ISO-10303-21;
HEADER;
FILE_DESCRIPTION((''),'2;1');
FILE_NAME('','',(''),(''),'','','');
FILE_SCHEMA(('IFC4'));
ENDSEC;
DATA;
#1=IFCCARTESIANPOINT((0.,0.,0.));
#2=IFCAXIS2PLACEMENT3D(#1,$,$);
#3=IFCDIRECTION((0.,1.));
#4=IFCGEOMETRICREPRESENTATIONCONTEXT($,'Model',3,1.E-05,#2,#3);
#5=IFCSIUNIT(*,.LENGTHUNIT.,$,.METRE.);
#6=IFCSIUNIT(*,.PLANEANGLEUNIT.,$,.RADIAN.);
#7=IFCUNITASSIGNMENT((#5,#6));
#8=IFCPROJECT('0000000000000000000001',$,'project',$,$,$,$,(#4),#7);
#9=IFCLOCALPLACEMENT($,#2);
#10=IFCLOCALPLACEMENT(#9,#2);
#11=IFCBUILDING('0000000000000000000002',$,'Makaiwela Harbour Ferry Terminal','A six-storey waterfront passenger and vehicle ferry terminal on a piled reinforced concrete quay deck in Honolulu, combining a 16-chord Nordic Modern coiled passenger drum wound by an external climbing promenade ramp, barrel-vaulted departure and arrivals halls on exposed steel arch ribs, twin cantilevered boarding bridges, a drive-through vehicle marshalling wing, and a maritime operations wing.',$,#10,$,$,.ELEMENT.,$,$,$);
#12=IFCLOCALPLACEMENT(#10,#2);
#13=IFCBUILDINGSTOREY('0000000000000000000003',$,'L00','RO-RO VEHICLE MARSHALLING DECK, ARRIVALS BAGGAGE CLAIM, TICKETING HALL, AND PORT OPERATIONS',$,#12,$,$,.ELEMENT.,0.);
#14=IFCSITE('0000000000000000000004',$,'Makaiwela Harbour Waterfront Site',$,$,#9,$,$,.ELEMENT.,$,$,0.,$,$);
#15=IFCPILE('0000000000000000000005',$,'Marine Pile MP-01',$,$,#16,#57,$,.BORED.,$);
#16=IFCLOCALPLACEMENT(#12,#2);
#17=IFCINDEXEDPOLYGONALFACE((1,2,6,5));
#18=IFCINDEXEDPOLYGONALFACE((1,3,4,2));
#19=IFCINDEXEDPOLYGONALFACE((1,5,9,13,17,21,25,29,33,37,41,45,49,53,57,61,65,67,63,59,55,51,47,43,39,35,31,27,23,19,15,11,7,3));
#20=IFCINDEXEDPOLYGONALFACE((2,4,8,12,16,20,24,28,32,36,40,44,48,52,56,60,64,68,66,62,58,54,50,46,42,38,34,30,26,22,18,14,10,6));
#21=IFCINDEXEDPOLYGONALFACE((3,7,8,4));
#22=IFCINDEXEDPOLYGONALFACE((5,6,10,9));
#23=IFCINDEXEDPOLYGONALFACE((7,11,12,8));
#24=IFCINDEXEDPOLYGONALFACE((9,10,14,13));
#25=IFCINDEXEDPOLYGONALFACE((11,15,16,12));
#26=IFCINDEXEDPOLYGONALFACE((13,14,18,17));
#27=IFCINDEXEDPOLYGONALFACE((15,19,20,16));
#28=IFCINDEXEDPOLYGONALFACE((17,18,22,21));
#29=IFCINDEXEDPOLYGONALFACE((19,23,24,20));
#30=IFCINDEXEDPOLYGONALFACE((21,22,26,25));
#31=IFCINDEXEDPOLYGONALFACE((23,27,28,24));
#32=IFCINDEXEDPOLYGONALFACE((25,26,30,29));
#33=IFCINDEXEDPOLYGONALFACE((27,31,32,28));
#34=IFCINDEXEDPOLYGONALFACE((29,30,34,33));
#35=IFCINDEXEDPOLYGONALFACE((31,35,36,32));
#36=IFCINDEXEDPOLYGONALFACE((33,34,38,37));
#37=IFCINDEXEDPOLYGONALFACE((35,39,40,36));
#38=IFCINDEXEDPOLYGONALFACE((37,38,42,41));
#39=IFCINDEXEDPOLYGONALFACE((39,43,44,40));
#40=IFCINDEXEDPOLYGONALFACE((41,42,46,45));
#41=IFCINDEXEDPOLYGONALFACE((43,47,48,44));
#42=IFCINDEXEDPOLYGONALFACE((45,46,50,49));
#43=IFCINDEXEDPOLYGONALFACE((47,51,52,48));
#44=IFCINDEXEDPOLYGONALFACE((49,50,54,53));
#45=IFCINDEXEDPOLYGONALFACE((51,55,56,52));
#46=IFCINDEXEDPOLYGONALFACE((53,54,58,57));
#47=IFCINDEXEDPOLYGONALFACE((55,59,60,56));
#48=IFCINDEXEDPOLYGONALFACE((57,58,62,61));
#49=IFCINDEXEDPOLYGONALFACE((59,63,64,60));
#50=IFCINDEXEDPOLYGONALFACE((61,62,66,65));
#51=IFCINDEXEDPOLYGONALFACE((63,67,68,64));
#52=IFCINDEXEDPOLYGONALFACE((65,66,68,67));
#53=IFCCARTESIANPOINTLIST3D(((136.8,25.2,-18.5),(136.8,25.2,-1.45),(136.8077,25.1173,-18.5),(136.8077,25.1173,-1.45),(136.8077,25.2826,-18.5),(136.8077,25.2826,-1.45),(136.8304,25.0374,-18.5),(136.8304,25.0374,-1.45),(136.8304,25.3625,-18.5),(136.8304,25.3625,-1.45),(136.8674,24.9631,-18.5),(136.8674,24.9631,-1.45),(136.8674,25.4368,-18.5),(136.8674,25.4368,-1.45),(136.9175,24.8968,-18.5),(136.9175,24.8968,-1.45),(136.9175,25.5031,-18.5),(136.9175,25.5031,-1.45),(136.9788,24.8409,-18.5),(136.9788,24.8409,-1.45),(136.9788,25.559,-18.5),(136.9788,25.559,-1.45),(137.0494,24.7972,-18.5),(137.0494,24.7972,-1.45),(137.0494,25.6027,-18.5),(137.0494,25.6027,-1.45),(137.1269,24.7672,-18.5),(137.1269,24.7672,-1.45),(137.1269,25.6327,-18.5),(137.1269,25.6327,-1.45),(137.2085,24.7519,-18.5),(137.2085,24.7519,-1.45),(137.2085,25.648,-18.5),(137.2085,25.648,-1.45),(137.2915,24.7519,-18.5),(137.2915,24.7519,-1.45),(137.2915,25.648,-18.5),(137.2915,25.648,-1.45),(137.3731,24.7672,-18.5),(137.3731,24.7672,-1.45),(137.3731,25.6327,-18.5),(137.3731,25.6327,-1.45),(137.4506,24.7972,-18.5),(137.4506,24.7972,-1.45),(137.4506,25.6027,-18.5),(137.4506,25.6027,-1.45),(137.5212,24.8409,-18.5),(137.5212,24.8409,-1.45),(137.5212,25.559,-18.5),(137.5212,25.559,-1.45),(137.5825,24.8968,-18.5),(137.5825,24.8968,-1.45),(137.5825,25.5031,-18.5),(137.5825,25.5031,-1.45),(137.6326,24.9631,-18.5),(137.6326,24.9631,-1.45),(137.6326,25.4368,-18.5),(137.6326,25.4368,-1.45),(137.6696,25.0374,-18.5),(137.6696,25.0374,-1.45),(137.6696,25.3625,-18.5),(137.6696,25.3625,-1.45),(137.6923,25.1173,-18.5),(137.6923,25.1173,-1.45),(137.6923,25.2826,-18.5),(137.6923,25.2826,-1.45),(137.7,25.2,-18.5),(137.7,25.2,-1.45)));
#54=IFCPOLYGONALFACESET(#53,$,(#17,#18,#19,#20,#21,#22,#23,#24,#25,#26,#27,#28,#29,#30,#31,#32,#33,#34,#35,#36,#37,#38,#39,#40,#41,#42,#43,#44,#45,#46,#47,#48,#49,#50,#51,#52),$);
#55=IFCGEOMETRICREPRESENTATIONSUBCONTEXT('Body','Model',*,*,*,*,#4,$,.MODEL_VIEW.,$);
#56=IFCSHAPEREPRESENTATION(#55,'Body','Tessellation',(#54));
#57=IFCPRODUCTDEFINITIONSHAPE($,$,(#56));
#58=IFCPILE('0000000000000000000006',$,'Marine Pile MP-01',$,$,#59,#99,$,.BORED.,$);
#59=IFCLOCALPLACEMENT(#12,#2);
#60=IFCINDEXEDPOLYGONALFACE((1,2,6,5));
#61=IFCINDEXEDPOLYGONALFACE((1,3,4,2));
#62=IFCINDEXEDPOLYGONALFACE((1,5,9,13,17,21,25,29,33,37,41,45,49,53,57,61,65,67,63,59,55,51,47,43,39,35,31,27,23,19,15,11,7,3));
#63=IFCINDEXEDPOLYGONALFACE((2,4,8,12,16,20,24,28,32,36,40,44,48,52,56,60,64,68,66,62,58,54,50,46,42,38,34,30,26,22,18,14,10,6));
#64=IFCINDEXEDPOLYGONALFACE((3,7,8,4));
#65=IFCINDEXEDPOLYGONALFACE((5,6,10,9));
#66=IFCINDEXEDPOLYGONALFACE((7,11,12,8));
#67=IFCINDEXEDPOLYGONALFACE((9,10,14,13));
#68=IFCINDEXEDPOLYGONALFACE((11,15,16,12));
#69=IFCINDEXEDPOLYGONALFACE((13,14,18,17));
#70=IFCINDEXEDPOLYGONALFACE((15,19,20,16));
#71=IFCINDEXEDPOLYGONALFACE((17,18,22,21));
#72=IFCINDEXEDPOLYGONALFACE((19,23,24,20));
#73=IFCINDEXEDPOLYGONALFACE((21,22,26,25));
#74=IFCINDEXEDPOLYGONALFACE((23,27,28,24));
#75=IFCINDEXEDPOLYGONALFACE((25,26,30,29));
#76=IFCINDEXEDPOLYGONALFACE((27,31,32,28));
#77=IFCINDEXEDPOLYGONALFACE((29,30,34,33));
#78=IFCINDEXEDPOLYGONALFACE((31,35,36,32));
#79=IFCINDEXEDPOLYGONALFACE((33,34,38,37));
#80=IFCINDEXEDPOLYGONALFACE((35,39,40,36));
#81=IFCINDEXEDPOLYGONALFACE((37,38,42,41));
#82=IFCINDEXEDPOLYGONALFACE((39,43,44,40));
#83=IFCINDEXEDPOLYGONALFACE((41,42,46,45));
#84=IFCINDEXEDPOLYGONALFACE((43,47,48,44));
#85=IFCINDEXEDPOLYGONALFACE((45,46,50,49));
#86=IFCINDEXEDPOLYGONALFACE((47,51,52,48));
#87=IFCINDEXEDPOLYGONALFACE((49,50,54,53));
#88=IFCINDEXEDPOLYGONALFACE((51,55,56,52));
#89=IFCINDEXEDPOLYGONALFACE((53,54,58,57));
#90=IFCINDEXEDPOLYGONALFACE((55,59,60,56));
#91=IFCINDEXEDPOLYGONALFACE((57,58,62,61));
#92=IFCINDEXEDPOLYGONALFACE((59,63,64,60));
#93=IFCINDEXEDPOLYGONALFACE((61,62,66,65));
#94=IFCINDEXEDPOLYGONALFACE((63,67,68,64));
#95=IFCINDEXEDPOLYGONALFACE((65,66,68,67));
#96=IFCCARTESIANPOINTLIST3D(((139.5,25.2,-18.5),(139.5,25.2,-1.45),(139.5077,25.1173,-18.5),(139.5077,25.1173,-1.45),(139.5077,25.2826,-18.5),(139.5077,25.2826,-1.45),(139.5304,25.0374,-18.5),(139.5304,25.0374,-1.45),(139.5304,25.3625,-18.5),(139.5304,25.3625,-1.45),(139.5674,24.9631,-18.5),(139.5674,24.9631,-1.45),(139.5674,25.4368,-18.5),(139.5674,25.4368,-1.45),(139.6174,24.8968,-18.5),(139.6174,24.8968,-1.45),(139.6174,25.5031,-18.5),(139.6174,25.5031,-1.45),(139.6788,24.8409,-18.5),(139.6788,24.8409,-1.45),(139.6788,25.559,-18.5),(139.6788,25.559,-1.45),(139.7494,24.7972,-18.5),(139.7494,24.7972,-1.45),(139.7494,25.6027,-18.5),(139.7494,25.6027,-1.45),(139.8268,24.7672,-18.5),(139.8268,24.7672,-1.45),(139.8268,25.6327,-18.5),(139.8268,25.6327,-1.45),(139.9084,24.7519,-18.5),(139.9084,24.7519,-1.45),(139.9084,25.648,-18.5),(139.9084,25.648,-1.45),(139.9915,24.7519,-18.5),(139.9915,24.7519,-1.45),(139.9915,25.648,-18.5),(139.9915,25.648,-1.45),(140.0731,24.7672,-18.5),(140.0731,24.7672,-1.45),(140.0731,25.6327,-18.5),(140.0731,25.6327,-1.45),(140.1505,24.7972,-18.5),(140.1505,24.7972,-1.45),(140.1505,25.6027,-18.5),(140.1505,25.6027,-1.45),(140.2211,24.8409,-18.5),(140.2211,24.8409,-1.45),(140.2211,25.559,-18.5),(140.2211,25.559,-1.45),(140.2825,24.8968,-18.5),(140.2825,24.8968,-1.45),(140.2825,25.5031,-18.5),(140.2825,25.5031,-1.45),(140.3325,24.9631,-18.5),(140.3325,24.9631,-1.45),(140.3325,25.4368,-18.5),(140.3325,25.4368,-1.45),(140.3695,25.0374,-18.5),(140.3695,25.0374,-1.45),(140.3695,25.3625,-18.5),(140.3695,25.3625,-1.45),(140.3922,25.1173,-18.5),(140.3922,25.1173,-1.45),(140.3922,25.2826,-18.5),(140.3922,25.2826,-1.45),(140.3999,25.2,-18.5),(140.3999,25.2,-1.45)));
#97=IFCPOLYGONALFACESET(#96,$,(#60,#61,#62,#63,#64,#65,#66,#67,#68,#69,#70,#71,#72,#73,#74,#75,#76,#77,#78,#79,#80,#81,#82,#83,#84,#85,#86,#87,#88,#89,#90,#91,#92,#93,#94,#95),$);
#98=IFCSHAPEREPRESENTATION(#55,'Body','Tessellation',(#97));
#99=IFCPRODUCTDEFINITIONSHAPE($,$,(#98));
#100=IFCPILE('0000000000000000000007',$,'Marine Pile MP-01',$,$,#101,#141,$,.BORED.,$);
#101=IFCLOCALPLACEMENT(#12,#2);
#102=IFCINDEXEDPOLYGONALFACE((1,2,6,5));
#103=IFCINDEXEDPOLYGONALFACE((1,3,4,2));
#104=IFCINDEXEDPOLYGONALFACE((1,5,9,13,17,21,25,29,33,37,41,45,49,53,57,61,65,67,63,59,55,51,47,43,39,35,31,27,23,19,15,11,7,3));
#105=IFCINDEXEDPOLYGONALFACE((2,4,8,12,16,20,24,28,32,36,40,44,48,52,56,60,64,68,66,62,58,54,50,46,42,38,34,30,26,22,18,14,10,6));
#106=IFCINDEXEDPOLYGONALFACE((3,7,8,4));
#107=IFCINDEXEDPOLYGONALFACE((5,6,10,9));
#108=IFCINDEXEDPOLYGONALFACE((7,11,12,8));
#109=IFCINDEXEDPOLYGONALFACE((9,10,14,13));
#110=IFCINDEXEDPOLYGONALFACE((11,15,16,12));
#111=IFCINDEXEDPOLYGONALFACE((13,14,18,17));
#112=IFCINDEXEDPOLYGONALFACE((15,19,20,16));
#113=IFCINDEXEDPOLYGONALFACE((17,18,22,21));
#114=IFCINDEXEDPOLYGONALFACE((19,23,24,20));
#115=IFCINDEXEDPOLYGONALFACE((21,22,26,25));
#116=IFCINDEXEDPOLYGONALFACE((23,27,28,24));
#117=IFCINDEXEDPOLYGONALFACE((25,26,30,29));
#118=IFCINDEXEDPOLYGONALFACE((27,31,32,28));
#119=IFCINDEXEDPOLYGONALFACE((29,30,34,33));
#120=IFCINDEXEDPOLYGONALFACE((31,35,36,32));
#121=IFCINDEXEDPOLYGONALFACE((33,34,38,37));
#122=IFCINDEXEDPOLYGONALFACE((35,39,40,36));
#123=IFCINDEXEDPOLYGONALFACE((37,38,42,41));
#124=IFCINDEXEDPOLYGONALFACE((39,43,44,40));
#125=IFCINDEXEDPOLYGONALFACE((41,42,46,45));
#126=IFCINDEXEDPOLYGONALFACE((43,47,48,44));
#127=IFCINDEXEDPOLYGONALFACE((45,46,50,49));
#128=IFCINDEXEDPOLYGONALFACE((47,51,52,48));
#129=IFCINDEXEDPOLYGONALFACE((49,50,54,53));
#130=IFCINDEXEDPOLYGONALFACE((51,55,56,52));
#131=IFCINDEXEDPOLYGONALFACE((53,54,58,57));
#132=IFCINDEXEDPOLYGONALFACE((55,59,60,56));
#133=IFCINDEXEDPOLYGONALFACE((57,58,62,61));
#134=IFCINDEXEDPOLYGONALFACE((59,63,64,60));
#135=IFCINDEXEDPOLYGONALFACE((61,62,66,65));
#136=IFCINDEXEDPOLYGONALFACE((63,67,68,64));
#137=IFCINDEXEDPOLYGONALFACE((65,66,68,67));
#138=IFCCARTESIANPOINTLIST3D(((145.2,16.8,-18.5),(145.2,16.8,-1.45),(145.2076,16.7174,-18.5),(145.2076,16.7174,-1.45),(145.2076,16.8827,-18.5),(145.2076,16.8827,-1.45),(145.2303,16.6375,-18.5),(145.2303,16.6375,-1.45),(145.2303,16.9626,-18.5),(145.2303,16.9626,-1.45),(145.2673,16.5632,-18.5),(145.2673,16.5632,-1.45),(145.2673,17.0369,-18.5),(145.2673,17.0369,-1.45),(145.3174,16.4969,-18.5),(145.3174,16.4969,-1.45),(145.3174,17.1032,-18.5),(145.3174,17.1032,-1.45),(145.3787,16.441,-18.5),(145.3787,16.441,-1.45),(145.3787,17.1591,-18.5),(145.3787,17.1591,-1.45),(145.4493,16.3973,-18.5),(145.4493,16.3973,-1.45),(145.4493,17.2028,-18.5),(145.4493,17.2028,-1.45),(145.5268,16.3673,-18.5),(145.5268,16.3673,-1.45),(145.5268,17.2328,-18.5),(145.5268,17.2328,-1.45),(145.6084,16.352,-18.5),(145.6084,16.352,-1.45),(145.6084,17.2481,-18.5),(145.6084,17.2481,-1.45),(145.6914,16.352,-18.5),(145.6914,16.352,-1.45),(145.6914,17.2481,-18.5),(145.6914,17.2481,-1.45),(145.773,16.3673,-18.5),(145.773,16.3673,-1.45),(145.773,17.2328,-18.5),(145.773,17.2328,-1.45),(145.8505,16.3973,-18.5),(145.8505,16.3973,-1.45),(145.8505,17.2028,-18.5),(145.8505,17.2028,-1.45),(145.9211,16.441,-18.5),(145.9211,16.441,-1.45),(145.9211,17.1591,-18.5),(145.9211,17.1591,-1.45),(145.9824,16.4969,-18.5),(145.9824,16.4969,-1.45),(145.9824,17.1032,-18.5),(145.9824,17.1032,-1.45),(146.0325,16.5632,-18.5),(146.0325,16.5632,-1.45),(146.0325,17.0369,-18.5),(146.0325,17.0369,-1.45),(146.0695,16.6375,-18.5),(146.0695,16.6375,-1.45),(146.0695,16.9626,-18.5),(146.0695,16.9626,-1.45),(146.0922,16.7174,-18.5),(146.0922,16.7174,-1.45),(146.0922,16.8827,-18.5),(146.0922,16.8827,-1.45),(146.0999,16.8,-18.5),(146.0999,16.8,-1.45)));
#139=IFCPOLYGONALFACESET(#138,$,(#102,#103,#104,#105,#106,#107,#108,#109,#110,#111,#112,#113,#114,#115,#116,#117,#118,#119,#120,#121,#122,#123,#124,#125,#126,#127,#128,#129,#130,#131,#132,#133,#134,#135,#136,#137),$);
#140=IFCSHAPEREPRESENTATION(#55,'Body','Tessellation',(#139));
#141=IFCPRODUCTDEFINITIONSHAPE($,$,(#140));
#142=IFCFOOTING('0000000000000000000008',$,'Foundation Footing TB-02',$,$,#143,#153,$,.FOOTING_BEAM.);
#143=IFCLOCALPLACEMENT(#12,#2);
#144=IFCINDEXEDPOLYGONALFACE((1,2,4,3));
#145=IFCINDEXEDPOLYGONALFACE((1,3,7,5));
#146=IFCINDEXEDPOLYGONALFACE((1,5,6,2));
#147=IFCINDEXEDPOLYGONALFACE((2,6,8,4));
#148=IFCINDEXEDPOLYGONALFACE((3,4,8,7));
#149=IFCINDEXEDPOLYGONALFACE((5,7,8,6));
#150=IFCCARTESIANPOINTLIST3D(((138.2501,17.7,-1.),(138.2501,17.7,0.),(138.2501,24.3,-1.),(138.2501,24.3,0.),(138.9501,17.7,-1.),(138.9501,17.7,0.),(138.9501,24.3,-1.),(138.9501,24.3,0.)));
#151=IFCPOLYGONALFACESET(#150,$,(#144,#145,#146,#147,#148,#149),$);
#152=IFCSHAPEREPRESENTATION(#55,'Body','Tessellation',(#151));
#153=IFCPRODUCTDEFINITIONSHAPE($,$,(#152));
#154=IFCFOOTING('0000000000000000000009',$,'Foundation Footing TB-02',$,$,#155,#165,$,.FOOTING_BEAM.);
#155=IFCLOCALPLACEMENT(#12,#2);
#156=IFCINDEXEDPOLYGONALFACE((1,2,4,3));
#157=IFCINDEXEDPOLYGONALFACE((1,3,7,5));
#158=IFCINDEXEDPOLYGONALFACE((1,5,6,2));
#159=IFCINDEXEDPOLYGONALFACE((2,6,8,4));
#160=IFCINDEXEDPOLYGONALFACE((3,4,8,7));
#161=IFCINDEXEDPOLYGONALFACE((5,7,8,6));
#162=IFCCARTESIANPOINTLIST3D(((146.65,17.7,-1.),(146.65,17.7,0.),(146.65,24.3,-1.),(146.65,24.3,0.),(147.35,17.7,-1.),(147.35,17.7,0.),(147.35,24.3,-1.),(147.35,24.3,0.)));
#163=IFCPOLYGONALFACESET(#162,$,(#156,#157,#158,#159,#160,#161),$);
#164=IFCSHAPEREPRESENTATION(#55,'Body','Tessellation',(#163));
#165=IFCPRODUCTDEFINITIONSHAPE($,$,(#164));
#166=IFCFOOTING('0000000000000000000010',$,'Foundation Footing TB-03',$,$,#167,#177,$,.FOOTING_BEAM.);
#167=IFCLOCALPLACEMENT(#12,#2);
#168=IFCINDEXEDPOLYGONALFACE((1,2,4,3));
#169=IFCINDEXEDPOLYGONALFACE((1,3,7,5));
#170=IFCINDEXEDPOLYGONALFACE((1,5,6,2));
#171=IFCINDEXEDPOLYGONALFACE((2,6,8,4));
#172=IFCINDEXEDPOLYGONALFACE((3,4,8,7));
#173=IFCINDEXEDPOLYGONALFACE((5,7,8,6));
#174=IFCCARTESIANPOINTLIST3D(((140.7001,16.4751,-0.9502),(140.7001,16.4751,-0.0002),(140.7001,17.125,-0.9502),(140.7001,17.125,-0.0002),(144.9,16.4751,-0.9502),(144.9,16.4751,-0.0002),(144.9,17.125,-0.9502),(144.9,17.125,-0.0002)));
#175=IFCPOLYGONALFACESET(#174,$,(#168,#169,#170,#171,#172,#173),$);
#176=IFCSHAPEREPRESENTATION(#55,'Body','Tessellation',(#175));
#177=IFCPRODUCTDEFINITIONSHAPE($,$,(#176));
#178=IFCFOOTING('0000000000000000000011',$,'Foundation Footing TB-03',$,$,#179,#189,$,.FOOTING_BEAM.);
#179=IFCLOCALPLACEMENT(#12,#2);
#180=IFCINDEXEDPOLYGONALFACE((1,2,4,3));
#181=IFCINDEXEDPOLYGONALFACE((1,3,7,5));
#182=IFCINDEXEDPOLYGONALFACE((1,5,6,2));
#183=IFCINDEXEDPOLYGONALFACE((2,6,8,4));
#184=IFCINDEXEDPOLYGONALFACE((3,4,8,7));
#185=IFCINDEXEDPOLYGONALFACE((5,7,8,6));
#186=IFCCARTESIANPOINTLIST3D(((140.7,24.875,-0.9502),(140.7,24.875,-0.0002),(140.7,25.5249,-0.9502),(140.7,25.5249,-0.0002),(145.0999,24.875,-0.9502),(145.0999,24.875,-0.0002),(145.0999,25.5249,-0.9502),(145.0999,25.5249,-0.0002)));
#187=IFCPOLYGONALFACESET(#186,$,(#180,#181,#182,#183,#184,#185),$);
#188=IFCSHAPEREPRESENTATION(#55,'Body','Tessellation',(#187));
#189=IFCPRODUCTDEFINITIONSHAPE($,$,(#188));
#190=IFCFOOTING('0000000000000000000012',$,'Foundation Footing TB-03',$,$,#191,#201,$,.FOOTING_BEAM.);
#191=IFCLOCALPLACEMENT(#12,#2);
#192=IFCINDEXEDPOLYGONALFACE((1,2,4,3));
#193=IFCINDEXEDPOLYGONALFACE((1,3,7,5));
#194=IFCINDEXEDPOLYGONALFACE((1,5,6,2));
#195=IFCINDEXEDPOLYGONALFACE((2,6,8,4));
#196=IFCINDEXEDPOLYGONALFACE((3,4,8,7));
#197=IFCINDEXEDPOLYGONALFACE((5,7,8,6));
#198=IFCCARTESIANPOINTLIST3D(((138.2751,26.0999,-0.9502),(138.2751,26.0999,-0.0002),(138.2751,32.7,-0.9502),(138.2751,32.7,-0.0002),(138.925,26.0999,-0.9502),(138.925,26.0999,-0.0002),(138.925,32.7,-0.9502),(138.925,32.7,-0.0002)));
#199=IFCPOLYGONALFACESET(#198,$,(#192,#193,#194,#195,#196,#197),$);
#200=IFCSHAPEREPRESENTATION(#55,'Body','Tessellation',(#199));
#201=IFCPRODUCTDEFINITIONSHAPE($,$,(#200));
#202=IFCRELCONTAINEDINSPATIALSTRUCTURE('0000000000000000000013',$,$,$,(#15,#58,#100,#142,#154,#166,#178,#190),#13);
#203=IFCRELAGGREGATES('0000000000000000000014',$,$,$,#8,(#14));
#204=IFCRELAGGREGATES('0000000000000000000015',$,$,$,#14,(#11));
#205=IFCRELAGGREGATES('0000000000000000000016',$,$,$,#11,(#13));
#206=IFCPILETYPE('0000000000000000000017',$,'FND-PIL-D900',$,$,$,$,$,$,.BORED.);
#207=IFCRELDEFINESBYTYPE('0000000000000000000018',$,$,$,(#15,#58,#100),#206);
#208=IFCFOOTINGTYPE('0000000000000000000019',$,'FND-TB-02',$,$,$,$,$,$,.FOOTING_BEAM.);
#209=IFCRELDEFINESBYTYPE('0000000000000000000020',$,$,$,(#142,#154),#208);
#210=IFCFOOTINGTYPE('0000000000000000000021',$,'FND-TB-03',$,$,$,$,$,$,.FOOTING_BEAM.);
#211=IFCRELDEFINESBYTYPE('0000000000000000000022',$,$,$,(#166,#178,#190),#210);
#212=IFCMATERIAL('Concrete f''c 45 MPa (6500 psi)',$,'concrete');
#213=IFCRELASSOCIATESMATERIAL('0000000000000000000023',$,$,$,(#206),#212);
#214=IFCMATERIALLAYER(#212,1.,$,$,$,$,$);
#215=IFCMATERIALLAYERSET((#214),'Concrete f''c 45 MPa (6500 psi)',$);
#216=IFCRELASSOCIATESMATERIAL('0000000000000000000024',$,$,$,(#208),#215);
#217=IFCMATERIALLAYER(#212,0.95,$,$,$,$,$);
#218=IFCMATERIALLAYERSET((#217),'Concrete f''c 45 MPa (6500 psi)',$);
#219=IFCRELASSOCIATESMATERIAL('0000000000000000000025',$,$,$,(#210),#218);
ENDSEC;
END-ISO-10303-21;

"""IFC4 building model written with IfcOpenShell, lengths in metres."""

from ifc_helpers import new_model, si_unit, direction, frame, origin, origin_2d, place, context, subcontext, project, spatial, rectangle, circle, extrude, material, layer, layer_set, material_profile, profile_set, type_object, element, save


model = new_model("IFC4")

# Units and contexts
model_context = context("Model", 3, precision=1e-05, world=origin(), true_north=direction((0.0, 1.0)))
body_context = subcontext(model_context, "Body", "Model", "MODEL_VIEW")
ifc_project = project(units=[si_unit("LENGTHUNIT", "METRE"), si_unit("PLANEANGLEUNIT", "RADIAN")], contexts=[model_context])

# Site, building, storey
site_placement = place(None, origin())
site = spatial("IfcSite", under=ifc_project, at=site_placement, Name="Makaiwela Harbour Waterfront Site", CompositionType="ELEMENT", RefElevation=0.0)
building_placement = place(site_placement, origin())
building = spatial("IfcBuilding", under=site, at=building_placement, Name="Makaiwela Harbour Ferry Terminal", Description="A six-storey waterfront passenger and vehicle ferry terminal on a piled reinforced concrete quay deck in Honolulu, combining a 16-chord Nordic Modern coiled passenger drum wound by an external climbing promenade ramp, barrel-vaulted departure and arrivals halls on exposed steel arch ribs, twin cantilevered boarding bridges, a drive-through vehicle marshalling wing, and a maritime operations wing.", CompositionType="ELEMENT")
storey_placement = place(building_placement, origin())
storey = spatial("IfcBuildingStorey", under=building, at=storey_placement, Name="L00", Description="RO-RO VEHICLE MARSHALLING DECK, ARRIVALS BAGGAGE CLAIM, TICKETING HALL, AND PORT OPERATIONS", CompositionType="ELEMENT", Elevation=0.0)

# Shared definitions
ifc_material_1 = material(Name="Concrete f'c 45 MPa (6500 psi)", Category="concrete")

# Piles
ifc_material_profile_1 = material_profile(ifc_material_1, circle(Radius=0.45, at=origin_2d()), Name="PILE-D900")
ifc_profile_set_1 = profile_set([ifc_material_profile_1], Name="Concrete f'c 45 MPa (6500 psi)")
pile_type_1 = type_object("IfcPileType", Name="FND-PIL-D900", PredefinedType="BORED", material=ifc_profile_set_1)
for number, where, z_axis, x_axis, name in (
    (1, (137.25, 25.2, -1.45), (0.0, 0.0, -1.0), (1.0, 0.0, 0.0), "Marine Pile MP-01"),
    (2, (139.95, 25.2, -1.45), (0.0, 0.0, -1.0), (1.0, 0.0, 0.0), "Marine Pile MP-01"),
    (3, (145.6499, 16.8, -1.45), (0.0, 0.0, -1.0), (1.0, 0.0, 0.0), "Marine Pile MP-01"),
):
    element("IfcPile", number, at=place(storey_placement, frame(where, z_axis=z_axis, x_axis=x_axis)), inside=storey, type_object=pile_type_1, Name=name, PredefinedType="BORED", context=body_context, shape_type="SweptSolid", body=[
        extrude(circle(Radius=0.45, at=origin_2d()), origin(), (0.0, 0.0, 1.0), 17.05),
    ])

# Footings
ifc_layer_1 = layer(ifc_material_1, 1.0)
ifc_layer_set_1 = layer_set([ifc_layer_1], Name="Concrete f'c 45 MPa (6500 psi)")
footing_type_1 = type_object("IfcFootingType", Name="FND-TB-02", PredefinedType="FOOTING_BEAM", material=ifc_layer_set_1)
for number, where, z_axis, x_axis, name in (
    (4, (138.6001, 21.0, -1.0), (0.0, 0.0, 1.0), (0.0, 1.0, 0.0), "Foundation Footing TB-02"),
    (5, (147.0, 21.0, -1.0), (0.0, 0.0, 1.0), (0.0, 1.0, 0.0), "Foundation Footing TB-02"),
):
    element("IfcFooting", number, at=place(storey_placement, frame(where, z_axis=z_axis, x_axis=x_axis)), inside=storey, type_object=footing_type_1, Name=name, PredefinedType="FOOTING_BEAM", context=body_context, shape_type="SweptSolid", body=[
        extrude(rectangle(XDim=6.6001, YDim=0.7, at=origin_2d()), origin(), (0.0, 0.0, 1.0), 1.0),
    ])
ifc_layer_2 = layer(ifc_material_1, 0.95)
ifc_layer_set_2 = layer_set([ifc_layer_2], Name="Concrete f'c 45 MPa (6500 psi)")
footing_type_2 = type_object("IfcFootingType", Name="FND-TB-03", PredefinedType="FOOTING_BEAM", material=ifc_layer_set_2)
footing_1_placement = place(storey_placement, frame((142.8, 16.8, -0.9502), z_axis=(0.0, 0.0, 1.0), x_axis=(1.0, 0.0, 0.0)))
element("IfcFooting", 6, at=footing_1_placement, inside=storey, type_object=footing_type_2, Name="Foundation Footing TB-03", PredefinedType="FOOTING_BEAM", context=body_context, shape_type="SweptSolid", body=[
    extrude(rectangle(XDim=4.2, YDim=0.6499, at=origin_2d()), origin(), (0.0, 0.0, 1.0), 0.95),
])
footing_2_placement = place(storey_placement, frame((142.8999, 25.2, -0.9502), z_axis=(0.0, 0.0, 1.0), x_axis=(1.0, 0.0, 0.0)))
element("IfcFooting", 7, at=footing_2_placement, inside=storey, type_object=footing_type_2, Name="Foundation Footing TB-03", PredefinedType="FOOTING_BEAM", context=body_context, shape_type="SweptSolid", body=[
    extrude(rectangle(XDim=4.3999, YDim=0.6499, at=origin_2d()), origin(), (0.0, 0.0, 1.0), 0.95),
])
footing_3_placement = place(storey_placement, frame((138.6001, 29.3999, -0.9502), z_axis=(0.0, 0.0, 1.0), x_axis=(0.0, 1.0, 0.0)))
element("IfcFooting", 8, at=footing_3_placement, inside=storey, type_object=footing_type_2, Name="Foundation Footing TB-03", PredefinedType="FOOTING_BEAM", context=body_context, shape_type="SweptSolid", body=[
    extrude(rectangle(XDim=6.6001, YDim=0.6499, at=origin_2d()), origin(), (0.0, 0.0, 1.0), 0.95),
])

save(model, "model.ifc")
